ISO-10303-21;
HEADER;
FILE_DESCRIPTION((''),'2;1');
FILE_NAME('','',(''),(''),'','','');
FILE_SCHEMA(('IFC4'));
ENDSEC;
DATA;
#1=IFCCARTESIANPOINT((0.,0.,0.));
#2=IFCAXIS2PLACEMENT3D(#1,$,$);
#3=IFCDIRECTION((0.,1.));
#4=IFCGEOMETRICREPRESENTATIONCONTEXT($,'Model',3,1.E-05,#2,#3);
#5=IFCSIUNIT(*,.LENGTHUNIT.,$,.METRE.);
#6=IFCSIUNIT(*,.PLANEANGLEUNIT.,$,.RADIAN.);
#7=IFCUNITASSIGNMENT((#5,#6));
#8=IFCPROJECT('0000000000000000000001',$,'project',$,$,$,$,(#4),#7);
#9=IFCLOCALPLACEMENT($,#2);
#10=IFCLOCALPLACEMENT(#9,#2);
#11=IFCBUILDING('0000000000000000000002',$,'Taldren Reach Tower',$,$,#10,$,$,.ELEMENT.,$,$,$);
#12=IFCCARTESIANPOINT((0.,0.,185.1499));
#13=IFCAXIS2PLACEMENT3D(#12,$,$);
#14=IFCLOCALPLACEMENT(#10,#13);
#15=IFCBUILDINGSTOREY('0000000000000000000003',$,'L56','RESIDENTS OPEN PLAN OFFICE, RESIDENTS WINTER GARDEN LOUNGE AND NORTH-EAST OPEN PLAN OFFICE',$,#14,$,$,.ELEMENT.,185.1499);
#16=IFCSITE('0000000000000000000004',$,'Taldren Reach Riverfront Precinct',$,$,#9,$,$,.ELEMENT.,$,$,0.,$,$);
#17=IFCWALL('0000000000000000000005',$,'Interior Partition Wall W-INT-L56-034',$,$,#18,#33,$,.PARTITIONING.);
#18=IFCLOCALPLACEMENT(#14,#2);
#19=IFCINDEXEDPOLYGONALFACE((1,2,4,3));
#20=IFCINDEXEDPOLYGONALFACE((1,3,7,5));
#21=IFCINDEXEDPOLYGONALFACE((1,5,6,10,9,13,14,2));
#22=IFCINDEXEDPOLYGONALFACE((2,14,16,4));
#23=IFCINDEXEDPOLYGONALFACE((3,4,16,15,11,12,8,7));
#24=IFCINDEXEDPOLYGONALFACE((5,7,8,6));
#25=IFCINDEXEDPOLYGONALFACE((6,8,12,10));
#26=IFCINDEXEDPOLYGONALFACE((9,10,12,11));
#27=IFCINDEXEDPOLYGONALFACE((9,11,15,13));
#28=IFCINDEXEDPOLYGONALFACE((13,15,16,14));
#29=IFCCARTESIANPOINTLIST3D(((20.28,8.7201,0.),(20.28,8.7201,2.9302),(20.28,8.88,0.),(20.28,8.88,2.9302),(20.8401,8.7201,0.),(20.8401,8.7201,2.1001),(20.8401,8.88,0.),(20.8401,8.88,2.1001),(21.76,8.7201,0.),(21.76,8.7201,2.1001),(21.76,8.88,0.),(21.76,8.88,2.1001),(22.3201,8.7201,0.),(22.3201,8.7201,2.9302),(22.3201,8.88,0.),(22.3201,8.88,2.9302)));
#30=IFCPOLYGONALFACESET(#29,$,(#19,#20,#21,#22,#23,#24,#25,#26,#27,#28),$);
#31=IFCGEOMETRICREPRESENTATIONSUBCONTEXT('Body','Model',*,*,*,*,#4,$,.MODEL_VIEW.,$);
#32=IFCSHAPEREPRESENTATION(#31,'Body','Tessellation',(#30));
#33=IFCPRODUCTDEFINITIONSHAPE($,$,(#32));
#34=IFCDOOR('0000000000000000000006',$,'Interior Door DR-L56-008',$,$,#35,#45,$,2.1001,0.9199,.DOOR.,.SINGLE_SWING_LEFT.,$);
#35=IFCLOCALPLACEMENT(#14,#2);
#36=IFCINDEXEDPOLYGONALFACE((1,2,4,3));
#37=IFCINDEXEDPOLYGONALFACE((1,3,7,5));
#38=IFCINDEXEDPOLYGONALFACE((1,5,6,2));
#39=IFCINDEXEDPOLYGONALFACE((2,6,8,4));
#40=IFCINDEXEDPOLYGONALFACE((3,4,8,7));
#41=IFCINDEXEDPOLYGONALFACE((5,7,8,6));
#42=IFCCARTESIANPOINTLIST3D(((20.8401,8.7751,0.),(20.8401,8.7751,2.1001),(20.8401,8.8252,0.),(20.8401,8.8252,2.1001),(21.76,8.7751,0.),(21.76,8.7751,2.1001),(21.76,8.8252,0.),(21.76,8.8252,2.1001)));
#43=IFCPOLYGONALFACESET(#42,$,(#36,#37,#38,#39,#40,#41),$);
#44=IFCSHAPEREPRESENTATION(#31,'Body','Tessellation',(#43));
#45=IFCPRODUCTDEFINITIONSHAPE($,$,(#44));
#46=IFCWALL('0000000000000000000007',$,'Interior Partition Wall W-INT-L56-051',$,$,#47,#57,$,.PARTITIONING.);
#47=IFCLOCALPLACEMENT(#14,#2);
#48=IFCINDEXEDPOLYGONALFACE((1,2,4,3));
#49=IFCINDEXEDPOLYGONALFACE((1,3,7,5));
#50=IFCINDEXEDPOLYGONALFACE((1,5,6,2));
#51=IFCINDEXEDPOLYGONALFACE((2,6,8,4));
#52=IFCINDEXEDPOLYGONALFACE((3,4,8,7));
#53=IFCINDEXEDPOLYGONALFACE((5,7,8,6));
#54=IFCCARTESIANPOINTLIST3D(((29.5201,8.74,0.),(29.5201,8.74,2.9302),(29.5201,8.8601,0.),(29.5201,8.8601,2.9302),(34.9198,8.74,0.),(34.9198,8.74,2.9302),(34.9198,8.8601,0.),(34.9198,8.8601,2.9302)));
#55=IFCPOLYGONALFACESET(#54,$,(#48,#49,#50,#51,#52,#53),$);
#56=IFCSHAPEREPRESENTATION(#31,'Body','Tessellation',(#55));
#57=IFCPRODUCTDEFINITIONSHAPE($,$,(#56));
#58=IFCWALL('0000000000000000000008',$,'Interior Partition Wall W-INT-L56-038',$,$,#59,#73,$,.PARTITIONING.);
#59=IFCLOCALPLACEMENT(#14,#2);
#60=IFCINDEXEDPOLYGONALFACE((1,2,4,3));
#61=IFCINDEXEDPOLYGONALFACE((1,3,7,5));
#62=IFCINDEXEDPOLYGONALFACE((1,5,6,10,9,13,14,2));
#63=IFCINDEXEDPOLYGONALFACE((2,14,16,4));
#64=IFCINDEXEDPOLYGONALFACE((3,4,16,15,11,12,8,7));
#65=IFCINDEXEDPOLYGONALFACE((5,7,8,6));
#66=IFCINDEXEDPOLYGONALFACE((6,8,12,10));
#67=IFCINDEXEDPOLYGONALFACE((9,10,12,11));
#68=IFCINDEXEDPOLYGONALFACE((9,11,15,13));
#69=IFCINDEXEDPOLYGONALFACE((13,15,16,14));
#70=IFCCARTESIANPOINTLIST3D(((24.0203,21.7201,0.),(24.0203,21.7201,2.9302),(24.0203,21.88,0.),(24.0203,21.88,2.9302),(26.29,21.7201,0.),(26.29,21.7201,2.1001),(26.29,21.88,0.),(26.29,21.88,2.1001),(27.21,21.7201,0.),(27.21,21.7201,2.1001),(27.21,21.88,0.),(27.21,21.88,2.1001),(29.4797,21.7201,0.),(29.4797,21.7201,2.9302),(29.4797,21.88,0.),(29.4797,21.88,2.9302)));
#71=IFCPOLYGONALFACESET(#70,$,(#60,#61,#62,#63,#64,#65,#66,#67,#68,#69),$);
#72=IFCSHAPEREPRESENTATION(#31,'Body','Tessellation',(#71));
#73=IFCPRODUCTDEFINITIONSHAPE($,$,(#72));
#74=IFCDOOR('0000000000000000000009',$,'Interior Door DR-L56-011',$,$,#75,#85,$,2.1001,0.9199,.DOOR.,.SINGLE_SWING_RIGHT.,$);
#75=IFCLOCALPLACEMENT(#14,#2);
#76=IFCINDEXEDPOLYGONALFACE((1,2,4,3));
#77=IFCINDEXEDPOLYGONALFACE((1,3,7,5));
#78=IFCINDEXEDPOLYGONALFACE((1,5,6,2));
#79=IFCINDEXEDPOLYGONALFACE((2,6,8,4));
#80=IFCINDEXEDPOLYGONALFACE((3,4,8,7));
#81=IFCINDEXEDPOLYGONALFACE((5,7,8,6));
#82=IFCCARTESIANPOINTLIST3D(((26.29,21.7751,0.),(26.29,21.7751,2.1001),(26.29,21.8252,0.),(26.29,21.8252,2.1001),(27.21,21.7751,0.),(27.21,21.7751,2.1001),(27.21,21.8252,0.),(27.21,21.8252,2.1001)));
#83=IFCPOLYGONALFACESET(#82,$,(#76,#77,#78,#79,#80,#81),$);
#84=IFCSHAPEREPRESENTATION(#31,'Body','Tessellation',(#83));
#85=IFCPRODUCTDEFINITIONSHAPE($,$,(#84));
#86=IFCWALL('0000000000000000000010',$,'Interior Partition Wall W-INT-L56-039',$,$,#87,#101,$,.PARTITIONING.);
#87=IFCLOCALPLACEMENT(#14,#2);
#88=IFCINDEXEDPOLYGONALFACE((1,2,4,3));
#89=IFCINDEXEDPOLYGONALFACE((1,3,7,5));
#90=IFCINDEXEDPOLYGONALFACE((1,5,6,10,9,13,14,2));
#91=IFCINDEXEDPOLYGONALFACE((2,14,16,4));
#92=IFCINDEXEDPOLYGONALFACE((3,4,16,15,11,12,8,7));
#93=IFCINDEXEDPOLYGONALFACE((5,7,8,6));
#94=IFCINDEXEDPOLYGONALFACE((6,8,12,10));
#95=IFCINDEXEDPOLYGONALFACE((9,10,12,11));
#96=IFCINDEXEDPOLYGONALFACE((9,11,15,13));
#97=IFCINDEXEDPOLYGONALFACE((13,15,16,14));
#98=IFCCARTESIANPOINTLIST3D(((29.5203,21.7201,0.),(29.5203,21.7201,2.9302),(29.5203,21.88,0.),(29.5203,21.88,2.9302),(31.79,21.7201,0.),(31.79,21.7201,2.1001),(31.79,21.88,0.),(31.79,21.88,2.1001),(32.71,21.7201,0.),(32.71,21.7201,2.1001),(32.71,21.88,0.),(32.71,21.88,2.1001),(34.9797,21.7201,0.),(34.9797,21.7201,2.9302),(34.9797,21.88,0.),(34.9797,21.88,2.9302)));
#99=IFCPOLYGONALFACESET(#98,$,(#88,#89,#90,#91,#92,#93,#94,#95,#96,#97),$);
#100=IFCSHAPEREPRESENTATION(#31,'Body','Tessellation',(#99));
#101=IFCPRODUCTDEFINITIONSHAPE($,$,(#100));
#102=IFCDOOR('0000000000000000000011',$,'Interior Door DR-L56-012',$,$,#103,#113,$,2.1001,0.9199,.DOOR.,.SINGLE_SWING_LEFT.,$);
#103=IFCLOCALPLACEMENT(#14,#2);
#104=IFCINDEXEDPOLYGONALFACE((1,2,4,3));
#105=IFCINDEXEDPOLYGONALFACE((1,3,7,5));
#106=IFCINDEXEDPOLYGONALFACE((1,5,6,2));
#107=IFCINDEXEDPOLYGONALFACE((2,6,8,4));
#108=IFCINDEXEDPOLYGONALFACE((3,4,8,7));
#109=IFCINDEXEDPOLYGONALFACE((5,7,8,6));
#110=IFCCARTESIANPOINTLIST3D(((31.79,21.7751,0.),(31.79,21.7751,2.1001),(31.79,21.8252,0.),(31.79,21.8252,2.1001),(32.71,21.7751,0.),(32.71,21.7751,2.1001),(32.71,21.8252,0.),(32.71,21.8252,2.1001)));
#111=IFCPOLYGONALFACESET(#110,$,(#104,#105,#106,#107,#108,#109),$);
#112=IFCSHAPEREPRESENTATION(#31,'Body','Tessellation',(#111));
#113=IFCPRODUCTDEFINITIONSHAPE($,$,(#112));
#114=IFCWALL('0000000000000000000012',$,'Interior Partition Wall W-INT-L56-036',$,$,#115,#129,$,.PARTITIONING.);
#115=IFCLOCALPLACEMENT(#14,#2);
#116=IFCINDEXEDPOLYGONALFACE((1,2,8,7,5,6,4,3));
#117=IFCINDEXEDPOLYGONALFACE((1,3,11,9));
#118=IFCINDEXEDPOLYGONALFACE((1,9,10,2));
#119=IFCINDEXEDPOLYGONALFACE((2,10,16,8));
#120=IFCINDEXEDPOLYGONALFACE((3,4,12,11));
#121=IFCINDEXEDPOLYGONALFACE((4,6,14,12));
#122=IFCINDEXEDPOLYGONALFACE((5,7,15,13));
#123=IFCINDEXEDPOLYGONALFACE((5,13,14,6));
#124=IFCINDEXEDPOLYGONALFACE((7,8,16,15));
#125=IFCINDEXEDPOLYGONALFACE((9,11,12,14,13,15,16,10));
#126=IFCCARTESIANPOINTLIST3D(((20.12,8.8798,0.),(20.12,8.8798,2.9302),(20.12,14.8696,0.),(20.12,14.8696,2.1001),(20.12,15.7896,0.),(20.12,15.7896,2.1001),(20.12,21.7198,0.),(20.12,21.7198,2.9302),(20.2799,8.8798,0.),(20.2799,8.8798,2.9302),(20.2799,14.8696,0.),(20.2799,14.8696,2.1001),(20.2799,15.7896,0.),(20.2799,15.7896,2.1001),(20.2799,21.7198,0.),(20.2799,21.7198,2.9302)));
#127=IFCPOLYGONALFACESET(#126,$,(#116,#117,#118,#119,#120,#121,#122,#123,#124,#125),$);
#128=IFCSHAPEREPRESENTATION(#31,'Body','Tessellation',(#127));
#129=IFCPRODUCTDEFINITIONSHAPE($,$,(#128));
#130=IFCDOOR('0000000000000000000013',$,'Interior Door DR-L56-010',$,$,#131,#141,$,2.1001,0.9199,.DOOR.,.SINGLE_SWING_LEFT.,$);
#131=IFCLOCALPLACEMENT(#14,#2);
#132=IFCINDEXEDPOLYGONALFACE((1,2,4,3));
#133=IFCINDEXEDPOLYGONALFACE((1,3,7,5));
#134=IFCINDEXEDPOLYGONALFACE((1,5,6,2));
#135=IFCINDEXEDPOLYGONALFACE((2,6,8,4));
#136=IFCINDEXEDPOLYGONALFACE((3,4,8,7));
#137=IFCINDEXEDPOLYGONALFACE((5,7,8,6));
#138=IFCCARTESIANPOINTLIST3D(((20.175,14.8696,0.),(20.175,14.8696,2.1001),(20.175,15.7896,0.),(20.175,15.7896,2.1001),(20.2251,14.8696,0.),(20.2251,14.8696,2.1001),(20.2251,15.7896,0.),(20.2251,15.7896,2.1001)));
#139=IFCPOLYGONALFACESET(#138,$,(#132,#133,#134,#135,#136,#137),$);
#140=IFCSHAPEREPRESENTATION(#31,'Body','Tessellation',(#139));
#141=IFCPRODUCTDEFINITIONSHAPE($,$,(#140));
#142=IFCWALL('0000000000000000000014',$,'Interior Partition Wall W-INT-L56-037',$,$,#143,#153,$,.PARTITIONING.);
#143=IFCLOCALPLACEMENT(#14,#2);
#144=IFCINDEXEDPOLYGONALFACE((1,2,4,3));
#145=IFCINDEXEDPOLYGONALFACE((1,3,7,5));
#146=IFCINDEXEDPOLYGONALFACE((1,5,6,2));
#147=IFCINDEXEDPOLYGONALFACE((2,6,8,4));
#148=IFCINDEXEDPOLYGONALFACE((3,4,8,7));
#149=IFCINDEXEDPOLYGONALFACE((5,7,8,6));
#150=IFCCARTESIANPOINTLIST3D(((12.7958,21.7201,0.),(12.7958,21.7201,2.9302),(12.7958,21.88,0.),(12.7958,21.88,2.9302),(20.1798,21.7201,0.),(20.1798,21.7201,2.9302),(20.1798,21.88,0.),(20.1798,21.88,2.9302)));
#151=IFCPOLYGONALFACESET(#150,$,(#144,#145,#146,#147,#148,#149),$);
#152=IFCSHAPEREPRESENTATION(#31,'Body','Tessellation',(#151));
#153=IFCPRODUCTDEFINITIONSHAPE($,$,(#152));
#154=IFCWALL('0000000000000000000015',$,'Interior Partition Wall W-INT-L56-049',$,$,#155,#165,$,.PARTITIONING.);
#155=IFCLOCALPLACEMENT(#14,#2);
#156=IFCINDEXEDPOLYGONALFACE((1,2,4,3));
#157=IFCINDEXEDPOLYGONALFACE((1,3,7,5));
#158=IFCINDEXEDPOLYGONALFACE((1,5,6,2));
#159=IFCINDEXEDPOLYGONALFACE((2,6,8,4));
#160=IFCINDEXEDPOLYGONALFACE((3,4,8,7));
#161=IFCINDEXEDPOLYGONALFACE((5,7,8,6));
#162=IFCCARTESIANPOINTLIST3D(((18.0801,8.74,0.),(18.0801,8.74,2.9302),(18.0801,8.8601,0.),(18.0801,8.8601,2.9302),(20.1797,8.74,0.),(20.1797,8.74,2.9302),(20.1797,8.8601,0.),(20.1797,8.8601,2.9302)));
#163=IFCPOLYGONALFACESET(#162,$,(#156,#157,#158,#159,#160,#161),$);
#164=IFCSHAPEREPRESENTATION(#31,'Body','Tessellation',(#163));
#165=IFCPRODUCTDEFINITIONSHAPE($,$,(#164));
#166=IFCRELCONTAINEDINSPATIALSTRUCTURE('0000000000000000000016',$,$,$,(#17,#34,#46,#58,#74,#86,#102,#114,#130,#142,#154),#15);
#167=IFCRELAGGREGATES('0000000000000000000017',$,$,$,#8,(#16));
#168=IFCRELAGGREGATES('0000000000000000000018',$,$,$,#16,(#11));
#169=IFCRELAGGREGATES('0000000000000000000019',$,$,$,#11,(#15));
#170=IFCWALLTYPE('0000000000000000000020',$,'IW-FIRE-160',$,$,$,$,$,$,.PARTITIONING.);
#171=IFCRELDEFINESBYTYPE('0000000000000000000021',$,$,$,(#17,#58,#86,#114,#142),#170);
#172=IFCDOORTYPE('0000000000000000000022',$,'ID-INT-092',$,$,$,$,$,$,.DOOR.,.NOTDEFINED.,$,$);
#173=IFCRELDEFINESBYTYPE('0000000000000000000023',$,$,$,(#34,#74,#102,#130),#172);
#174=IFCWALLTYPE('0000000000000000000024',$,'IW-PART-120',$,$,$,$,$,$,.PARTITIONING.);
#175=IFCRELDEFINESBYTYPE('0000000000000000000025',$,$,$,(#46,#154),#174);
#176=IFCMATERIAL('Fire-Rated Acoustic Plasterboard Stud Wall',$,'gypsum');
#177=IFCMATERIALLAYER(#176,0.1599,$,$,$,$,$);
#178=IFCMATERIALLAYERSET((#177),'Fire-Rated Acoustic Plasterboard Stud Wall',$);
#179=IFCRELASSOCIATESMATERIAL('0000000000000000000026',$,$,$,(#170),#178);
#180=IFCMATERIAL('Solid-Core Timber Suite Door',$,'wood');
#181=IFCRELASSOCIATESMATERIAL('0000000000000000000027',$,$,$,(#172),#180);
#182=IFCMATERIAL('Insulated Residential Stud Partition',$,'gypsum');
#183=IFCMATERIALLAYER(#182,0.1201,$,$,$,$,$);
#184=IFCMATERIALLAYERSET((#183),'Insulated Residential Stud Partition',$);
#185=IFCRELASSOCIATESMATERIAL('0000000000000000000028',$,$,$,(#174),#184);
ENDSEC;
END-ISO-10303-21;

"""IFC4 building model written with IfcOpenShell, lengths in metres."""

from ifc_helpers import new_model, si_unit, direction, frame, frame_2d, origin, place, context, subcontext, project, spatial, rectangle, extrude, source, transform, mapped, material, layer, layer_set, type_object, element, fill, save


model = new_model("IFC4")

# Units and contexts
model_context = context("Model", 3, precision=1e-05, world=origin(), true_north=direction((0.0, 1.0)))
body_context = subcontext(model_context, "Body", "Model", "MODEL_VIEW")
ifc_project = project(units=[si_unit("LENGTHUNIT", "METRE"), si_unit("PLANEANGLEUNIT", "RADIAN")], contexts=[model_context])

# Site, building, storey
site_placement = place(None, origin())
site = spatial("IfcSite", under=ifc_project, at=site_placement, Name="Taldren Reach Riverfront Precinct", CompositionType="ELEMENT", RefElevation=0.0)
building_placement = place(site_placement, origin())
building = spatial("IfcBuilding", under=site, at=building_placement, Name="Taldren Reach Tower", CompositionType="ELEMENT")
storey_placement = place(building_placement, frame((0.0, 0.0, 185.1499)))
storey = spatial("IfcBuildingStorey", under=building, at=storey_placement, Name="L56", Description="RESIDENTS OPEN PLAN OFFICE, RESIDENTS WINTER GARDEN LOUNGE AND NORTH-EAST OPEN PLAN OFFICE", CompositionType="ELEMENT", Elevation=185.1499)

# Wall, opening, door
ifc_material_1 = material(Name="Fire-Rated Acoustic Plasterboard Stud Wall", Category="gypsum")
ifc_layer_1 = layer(ifc_material_1, 0.1599)
ifc_layer_set_1 = layer_set([ifc_layer_1], Name="Fire-Rated Acoustic Plasterboard Stud Wall")
wall_type_1 = type_object("IfcWallType", Name="IW-FIRE-160", PredefinedType="PARTITIONING", material=ifc_layer_set_1)
shared_shape_1 = source(origin(), body_context, "Body", "SweptSolid", [
    extrude(rectangle(XDim=2.04, YDim=0.1599, at=frame_2d((1.02, 0.0))), origin(), (0.0, 0.0, 1.0), 2.9302),
])
wall_1_placement = place(storey_placement, frame((22.3201, 8.8, 0.0), z_axis=(0.0, 0.0, 1.0), x_axis=(-1.0, 0.0, 0.0)))
wall_1 = element("IfcWall", 1, at=wall_1_placement, inside=storey, type_object=wall_type_1, Name="Interior Partition Wall W-INT-L56-034", PredefinedType="PARTITIONING", context=body_context, shape_type="MappedRepresentation", body=[
    mapped(shared_shape_1, transform((0.0, 0.0, 0.0), scale=1.0)),
])
shared_shape_2 = source(origin(), body_context, "Body", "SweptSolid", [
    extrude(rectangle(XDim=0.9199, YDim=2.1001, at=frame_2d((0.46, 1.05))), frame((0.0, 0.0898, 0.0), z_axis=(0.0, -1.0, 0.0), x_axis=(1.0, 0.0, 0.0)), (0.0, 0.0, 1.0), 0.1799),
])
opening_1_placement = place(wall_1_placement, frame((0.5601, 0.0, 0.0)))
opening_1 = element("IfcOpeningElement", 2, at=opening_1_placement, cuts=wall_1, PredefinedType="OPENING", context=body_context, shape_type="MappedRepresentation", body=[
    mapped(shared_shape_2, transform((0.0, 0.0, 0.0), scale=1.0)),
])
ifc_material_2 = material(Name="Solid-Core Timber Suite Door", Category="wood")
door_type = type_object("IfcDoorType", Name="ID-INT-092", OperationType="NOTDEFINED", PredefinedType="DOOR", material=ifc_material_2)
shared_shape_3 = source(origin(), body_context, "Body", "SweptSolid", [
    extrude(rectangle(XDim=0.9199, YDim=2.1001, at=frame_2d((0.46, 1.05))), frame((0.0, 0.0249, 0.0), z_axis=(0.0, -1.0, 0.0), x_axis=(1.0, 0.0, 0.0)), (0.0, 0.0, 1.0), 0.05),
])
door_1_placement = place(opening_1_placement, origin())
door_1 = element("IfcDoor", 3, at=door_1_placement, inside=storey, type_object=door_type, Name="Interior Door DR-L56-008", OperationType="SINGLE_SWING_LEFT", OverallHeight=2.1001, OverallWidth=0.9199, PredefinedType="DOOR", context=body_context, shape_type="MappedRepresentation", body=[
    mapped(shared_shape_3, transform((0.0, 0.0, 0.0), scale=1.0)),
])
fill(opening_1, door_1)

# Wall
ifc_material_3 = material(Name="Insulated Residential Stud Partition", Category="gypsum")
ifc_layer_2 = layer(ifc_material_3, 0.1201)
ifc_layer_set_2 = layer_set([ifc_layer_2], Name="Insulated Residential Stud Partition")
wall_type_2 = type_object("IfcWallType", Name="IW-PART-120", PredefinedType="PARTITIONING", material=ifc_layer_set_2)
shared_shape_4 = source(origin(), body_context, "Body", "SweptSolid", [
    extrude(rectangle(XDim=5.3997, YDim=0.1201, at=frame_2d((2.6997, 0.0))), origin(), (0.0, 0.0, 1.0), 2.9302),
])
wall_2_placement = place(storey_placement, frame((29.5203, 8.8, 0.0), z_axis=(0.0, 0.0, 1.0), x_axis=(1.0, 0.0, 0.0)))
element("IfcWall", 4, at=wall_2_placement, inside=storey, type_object=wall_type_2, Name="Interior Partition Wall W-INT-L56-051", PredefinedType="PARTITIONING", context=body_context, shape_type="MappedRepresentation", body=[
    mapped(shared_shape_4, transform((0.0, 0.0, 0.0), scale=1.0)),
])

# Walls, openings, doors
shared_shape_5 = source(origin(), body_context, "Body", "SweptSolid", [
    extrude(rectangle(XDim=5.4595, YDim=0.1599, at=frame_2d((2.7297, 0.0))), origin(), (0.0, 0.0, 1.0), 2.9302),
])
wall_3_placement = place(storey_placement, frame((29.4797, 21.8, 0.0), z_axis=(0.0, 0.0, 1.0), x_axis=(-1.0, 0.0, 0.0)))
wall_3 = element("IfcWall", 5, at=wall_3_placement, inside=storey, type_object=wall_type_1, Name="Interior Partition Wall W-INT-L56-038", PredefinedType="PARTITIONING", context=body_context, shape_type="MappedRepresentation", body=[
    mapped(shared_shape_5, transform((0.0, 0.0, 0.0), scale=1.0)),
])
opening_2_placement = place(wall_3_placement, frame((2.2698, 0.0, 0.0)))
opening_2 = element("IfcOpeningElement", 6, at=opening_2_placement, cuts=wall_3, PredefinedType="OPENING", context=body_context, shape_type="MappedRepresentation", body=[
    mapped(shared_shape_2, transform((0.0, 0.0, 0.0), scale=1.0)),
])
door_2_placement = place(opening_2_placement, origin())
door_2 = element("IfcDoor", 7, at=door_2_placement, inside=storey, type_object=door_type, Name="Interior Door DR-L56-011", OperationType="SINGLE_SWING_RIGHT", OverallHeight=2.1001, OverallWidth=0.9199, PredefinedType="DOOR", context=body_context, shape_type="MappedRepresentation", body=[
    mapped(shared_shape_3, transform((0.0, 0.0, 0.0), scale=1.0)),
])
fill(opening_2, door_2)
wall_4_placement = place(storey_placement, frame((34.9797, 21.8, 0.0), z_axis=(0.0, 0.0, 1.0), x_axis=(-1.0, 0.0, 0.0)))
wall_4 = element("IfcWall", 8, at=wall_4_placement, inside=storey, type_object=wall_type_1, Name="Interior Partition Wall W-INT-L56-039", PredefinedType="PARTITIONING", context=body_context, shape_type="MappedRepresentation", body=[
    mapped(shared_shape_5, transform((0.0, 0.0, 0.0), scale=1.0)),
])
opening_3_placement = place(wall_4_placement, frame((2.2698, 0.0, 0.0)))
opening_3 = element("IfcOpeningElement", 9, at=opening_3_placement, cuts=wall_4, PredefinedType="OPENING", context=body_context, shape_type="MappedRepresentation", body=[
    mapped(shared_shape_2, transform((0.0, 0.0, 0.0), scale=1.0)),
])
door_3_placement = place(opening_3_placement, origin())
door_3 = element("IfcDoor", 10, at=door_3_placement, inside=storey, type_object=door_type, Name="Interior Door DR-L56-012", OperationType="SINGLE_SWING_LEFT", OverallHeight=2.1001, OverallWidth=0.9199, PredefinedType="DOOR", context=body_context, shape_type="MappedRepresentation", body=[
    mapped(shared_shape_3, transform((0.0, 0.0, 0.0), scale=1.0)),
])
fill(opening_3, door_3)
shared_shape_6 = source(origin(), body_context, "Body", "SweptSolid", [
    extrude(rectangle(XDim=12.8401, YDim=0.1599, at=frame_2d((6.4199, 0.0))), origin(), (0.0, 0.0, 1.0), 2.9302),
])
wall_5_placement = place(storey_placement, frame((20.2, 8.8799, 0.0), z_axis=(0.0, 0.0, 1.0), x_axis=(0.0, 1.0, 0.0)))
wall_5 = element("IfcWall", 11, at=wall_5_placement, inside=storey, type_object=wall_type_1, Name="Interior Partition Wall W-INT-L56-036", PredefinedType="PARTITIONING", context=body_context, shape_type="MappedRepresentation", body=[
    mapped(shared_shape_6, transform((0.0, 0.0, 0.0), scale=1.0)),
])
opening_4_placement = place(wall_5_placement, frame((5.9897, 0.0, 0.0)))
opening_4 = element("IfcOpeningElement", 12, at=opening_4_placement, cuts=wall_5, PredefinedType="OPENING", context=body_context, shape_type="MappedRepresentation", body=[
    mapped(shared_shape_2, transform((0.0, 0.0, 0.0), scale=1.0)),
])
door_4_placement = place(opening_4_placement, origin())
door_4 = element("IfcDoor", 13, at=door_4_placement, inside=storey, type_object=door_type, Name="Interior Door DR-L56-010", OperationType="SINGLE_SWING_LEFT", OverallHeight=2.1001, OverallWidth=0.9199, PredefinedType="DOOR", context=body_context, shape_type="MappedRepresentation", body=[
    mapped(shared_shape_3, transform((0.0, 0.0, 0.0), scale=1.0)),
])
fill(opening_4, door_4)

# Walls
shared_shape_7 = source(origin(), body_context, "Body", "SweptSolid", [
    extrude(rectangle(XDim=7.384, YDim=0.1599, at=frame_2d((3.6919, 0.0))), origin(), (0.0, 0.0, 1.0), 2.9302),
])
wall_6_placement = place(storey_placement, frame((20.1797, 21.8, 0.0), z_axis=(0.0, 0.0, 1.0), x_axis=(-1.0, 0.0, 0.0)))
element("IfcWall", 14, at=wall_6_placement, inside=storey, type_object=wall_type_1, Name="Interior Partition Wall W-INT-L56-037", PredefinedType="PARTITIONING", context=body_context, shape_type="MappedRepresentation", body=[
    mapped(shared_shape_7, transform((0.0, 0.0, 0.0), scale=1.0)),
])
shared_shape_8 = source(origin(), body_context, "Body", "SweptSolid", [
    extrude(rectangle(XDim=2.0996, YDim=0.1201, at=frame_2d((1.0498, 0.0))), origin(), (0.0, 0.0, 1.0), 2.9302),
])
wall_7_placement = place(storey_placement, frame((18.0801, 8.8, 0.0), z_axis=(0.0, 0.0, 1.0), x_axis=(1.0, 0.0, 0.0)))
element("IfcWall", 15, at=wall_7_placement, inside=storey, type_object=wall_type_2, Name="Interior Partition Wall W-INT-L56-049", PredefinedType="PARTITIONING", context=body_context, shape_type="MappedRepresentation", body=[
    mapped(shared_shape_8, transform((0.0, 0.0, 0.0), scale=1.0)),
])

save(model, "model.ifc")
